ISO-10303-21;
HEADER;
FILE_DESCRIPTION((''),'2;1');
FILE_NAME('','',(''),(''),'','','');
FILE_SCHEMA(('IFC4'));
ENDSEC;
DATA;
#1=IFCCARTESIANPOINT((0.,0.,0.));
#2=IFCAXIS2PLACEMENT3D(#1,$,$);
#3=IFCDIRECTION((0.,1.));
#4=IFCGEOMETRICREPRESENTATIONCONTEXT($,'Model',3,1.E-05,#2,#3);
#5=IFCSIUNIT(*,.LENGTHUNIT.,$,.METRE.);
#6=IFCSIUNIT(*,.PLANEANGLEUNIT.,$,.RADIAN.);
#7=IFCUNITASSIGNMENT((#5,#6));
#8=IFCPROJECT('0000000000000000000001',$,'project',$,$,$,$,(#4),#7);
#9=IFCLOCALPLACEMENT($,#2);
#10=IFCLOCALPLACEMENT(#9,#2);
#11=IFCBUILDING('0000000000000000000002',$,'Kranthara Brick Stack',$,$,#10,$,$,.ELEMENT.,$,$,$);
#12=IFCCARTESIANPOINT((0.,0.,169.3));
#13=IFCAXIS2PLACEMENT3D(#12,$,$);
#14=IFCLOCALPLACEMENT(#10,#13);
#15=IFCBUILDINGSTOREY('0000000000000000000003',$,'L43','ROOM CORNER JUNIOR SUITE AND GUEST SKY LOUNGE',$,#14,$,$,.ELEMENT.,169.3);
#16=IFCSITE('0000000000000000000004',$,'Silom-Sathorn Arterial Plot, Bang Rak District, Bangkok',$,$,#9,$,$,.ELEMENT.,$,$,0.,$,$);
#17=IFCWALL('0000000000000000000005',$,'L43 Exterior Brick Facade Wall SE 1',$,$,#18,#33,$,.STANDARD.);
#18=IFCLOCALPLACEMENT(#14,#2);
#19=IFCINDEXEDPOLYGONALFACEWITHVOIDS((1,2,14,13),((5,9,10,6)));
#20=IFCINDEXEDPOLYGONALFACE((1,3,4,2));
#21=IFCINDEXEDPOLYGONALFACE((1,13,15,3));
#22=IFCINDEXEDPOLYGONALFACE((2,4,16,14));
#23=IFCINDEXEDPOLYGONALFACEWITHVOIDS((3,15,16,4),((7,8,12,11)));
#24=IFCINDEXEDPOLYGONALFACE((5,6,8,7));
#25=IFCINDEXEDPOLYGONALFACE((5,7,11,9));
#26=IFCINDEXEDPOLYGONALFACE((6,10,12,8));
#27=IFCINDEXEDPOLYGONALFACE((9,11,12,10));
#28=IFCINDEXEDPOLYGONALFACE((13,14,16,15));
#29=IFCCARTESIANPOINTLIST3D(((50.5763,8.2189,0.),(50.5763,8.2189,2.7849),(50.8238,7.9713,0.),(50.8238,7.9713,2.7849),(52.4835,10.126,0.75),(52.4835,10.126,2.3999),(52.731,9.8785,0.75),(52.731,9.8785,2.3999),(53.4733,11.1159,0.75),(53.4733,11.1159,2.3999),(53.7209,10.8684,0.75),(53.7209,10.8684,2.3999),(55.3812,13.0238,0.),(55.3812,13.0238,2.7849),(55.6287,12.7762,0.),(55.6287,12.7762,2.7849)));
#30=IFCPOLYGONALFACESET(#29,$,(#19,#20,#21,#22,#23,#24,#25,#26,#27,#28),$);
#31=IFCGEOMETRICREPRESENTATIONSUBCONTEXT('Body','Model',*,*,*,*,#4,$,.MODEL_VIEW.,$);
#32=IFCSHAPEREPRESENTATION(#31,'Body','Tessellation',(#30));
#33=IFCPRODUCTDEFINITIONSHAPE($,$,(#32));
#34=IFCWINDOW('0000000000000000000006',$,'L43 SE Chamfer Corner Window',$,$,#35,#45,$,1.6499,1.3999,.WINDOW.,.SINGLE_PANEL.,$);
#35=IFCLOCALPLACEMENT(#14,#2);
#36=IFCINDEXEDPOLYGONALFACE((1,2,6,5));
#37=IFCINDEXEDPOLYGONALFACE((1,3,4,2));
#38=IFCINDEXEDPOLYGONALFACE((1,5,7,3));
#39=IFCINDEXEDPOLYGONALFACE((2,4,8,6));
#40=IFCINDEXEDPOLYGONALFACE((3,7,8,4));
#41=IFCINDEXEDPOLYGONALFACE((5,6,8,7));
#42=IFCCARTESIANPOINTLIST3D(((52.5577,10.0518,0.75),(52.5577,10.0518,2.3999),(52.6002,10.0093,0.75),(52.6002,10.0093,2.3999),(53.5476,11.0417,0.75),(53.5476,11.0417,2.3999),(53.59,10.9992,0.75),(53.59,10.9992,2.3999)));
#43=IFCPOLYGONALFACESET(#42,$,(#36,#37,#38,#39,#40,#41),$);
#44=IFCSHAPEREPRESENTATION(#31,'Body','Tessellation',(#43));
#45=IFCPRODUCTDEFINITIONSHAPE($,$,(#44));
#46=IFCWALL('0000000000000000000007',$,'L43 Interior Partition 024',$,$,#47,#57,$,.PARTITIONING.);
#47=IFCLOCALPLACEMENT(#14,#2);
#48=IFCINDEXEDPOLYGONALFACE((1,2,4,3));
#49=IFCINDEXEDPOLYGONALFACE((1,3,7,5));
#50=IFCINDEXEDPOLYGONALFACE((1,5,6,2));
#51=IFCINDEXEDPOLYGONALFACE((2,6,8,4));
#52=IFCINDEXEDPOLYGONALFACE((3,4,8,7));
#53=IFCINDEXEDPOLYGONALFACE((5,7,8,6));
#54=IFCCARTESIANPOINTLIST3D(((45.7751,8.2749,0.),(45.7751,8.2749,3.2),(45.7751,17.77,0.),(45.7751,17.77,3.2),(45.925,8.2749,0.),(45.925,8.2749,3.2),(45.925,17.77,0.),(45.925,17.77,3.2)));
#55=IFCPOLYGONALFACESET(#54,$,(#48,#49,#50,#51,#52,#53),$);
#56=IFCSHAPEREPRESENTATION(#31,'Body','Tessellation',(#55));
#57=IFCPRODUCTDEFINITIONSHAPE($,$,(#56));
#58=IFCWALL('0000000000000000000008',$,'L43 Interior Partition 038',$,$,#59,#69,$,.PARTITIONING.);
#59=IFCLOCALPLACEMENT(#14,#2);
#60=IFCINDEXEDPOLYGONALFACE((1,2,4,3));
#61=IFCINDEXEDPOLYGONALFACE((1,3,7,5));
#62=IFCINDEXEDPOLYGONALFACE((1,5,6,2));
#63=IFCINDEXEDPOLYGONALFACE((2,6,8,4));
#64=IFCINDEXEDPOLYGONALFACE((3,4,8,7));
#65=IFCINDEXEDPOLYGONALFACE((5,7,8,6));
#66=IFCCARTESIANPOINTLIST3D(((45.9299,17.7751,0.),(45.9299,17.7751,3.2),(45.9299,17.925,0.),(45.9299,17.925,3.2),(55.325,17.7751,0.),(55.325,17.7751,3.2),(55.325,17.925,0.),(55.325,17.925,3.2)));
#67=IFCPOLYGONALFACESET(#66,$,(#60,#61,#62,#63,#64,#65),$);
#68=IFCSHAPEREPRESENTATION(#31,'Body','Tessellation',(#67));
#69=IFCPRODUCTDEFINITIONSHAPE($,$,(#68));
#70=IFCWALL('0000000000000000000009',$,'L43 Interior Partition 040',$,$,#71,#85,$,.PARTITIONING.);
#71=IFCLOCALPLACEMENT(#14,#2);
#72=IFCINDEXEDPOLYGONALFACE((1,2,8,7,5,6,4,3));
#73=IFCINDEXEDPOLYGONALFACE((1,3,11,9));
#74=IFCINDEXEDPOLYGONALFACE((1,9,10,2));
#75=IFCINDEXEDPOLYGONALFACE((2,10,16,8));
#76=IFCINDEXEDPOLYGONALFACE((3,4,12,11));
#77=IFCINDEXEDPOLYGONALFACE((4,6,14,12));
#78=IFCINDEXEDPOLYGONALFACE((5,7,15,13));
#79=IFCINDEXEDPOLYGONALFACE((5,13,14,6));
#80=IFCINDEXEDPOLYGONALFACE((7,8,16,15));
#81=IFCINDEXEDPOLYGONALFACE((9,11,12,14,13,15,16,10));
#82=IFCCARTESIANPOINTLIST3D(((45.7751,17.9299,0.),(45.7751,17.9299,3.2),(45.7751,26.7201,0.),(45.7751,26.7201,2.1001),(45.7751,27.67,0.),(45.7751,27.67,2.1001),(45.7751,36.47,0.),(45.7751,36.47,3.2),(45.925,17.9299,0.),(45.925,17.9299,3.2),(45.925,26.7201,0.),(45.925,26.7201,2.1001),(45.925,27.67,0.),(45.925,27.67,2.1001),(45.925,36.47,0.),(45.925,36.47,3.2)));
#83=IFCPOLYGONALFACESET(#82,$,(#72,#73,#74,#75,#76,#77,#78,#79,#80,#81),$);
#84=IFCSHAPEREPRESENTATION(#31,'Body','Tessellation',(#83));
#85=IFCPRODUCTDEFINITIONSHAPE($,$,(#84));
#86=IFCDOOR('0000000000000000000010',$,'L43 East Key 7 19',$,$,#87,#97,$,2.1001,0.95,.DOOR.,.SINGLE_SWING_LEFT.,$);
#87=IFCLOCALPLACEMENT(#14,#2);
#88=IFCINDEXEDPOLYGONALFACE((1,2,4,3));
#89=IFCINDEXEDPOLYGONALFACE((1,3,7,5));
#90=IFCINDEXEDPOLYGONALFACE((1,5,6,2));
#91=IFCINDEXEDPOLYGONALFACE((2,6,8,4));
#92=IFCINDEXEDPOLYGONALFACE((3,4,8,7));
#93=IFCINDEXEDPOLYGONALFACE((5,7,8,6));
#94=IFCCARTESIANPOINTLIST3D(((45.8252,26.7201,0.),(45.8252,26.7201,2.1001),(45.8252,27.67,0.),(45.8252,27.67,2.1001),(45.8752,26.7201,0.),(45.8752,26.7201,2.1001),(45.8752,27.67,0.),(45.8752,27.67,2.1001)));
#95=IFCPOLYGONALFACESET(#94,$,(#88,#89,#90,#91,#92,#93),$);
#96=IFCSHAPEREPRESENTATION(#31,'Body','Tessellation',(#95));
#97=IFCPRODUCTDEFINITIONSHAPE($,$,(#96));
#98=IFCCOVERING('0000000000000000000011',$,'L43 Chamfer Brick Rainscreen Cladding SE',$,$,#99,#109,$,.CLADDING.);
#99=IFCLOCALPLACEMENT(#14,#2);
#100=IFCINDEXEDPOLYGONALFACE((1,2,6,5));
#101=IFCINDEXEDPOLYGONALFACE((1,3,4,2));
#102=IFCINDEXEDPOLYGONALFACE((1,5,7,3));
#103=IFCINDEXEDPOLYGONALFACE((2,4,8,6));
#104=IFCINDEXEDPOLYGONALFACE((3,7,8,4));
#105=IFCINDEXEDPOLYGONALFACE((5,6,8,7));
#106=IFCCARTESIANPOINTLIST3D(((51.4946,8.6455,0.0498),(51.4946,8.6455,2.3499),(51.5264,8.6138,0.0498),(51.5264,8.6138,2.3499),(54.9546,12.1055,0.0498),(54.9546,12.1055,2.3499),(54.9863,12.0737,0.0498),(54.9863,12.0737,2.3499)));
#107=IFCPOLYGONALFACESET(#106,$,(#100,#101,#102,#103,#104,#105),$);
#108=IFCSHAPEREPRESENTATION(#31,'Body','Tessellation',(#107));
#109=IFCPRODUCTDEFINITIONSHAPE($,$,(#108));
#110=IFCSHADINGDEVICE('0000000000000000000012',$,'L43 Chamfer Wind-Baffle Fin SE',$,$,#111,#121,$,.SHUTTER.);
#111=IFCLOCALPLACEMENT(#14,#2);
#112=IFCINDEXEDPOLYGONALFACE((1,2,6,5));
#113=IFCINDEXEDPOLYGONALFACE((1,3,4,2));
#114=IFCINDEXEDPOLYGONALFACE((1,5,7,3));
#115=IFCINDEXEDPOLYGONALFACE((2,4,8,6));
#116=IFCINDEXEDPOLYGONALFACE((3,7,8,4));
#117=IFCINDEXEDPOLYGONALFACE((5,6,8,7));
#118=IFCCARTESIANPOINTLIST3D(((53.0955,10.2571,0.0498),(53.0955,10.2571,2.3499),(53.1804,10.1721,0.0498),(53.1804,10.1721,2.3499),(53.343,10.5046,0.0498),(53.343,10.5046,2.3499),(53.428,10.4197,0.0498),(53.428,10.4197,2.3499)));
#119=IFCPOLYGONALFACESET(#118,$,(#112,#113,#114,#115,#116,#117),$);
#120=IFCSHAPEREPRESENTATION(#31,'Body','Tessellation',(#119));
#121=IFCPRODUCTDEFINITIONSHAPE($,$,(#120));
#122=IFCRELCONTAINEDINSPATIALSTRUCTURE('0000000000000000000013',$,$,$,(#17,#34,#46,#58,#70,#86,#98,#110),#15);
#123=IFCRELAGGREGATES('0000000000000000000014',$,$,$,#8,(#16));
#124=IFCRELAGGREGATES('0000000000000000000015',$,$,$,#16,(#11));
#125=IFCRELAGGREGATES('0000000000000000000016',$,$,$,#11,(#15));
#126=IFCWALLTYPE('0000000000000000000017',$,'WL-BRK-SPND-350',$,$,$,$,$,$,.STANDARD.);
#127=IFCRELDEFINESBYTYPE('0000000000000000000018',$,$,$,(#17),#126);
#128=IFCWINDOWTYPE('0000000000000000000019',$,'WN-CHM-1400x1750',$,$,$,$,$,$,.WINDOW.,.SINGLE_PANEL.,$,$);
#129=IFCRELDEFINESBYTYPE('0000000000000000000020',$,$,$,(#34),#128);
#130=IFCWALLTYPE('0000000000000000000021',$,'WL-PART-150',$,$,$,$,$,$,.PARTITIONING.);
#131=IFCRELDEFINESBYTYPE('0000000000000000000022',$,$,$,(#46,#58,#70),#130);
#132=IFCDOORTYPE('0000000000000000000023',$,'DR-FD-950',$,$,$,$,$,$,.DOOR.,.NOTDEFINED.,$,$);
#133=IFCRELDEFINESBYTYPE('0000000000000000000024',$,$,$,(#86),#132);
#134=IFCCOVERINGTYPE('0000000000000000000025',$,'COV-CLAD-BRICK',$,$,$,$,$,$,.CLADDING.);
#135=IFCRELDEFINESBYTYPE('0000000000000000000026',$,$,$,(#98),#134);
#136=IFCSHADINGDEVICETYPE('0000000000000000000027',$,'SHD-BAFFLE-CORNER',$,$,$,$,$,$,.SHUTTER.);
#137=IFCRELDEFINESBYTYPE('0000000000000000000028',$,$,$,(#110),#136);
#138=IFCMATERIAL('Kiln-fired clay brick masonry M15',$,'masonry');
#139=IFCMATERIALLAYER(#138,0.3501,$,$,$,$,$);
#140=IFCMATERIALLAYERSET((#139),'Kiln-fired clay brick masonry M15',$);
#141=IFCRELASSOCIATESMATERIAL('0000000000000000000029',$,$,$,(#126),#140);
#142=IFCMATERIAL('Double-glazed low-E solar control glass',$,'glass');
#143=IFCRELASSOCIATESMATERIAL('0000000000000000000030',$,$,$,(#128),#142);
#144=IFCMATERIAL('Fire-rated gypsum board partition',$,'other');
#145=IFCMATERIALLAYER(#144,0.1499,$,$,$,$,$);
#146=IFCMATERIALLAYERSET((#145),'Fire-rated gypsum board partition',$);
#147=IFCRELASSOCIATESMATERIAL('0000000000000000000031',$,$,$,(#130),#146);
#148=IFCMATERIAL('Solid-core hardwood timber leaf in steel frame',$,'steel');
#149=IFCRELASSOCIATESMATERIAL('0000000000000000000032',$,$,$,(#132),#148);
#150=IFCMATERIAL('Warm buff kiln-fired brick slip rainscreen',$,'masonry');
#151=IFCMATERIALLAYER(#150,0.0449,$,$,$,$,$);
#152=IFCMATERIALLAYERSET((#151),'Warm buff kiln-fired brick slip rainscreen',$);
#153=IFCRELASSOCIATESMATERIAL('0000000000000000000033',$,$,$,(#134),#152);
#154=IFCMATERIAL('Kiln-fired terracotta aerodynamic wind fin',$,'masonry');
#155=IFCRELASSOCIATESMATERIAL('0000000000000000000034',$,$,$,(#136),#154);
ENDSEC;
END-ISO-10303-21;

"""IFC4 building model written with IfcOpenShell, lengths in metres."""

from ifc_helpers import new_model, si_unit, direction, frame, frame_2d, origin, origin_2d, place, context, subcontext, project, spatial, rectangle, extrude, material, layer, layer_set, type_object, element, fill, save


model = new_model("IFC4")

# Units and contexts
model_context = context("Model", 3, precision=1e-05, world=origin(), true_north=direction((0.0, 1.0)))
body_context = subcontext(model_context, "Body", "Model", "MODEL_VIEW")
ifc_project = project(units=[si_unit("LENGTHUNIT", "METRE"), si_unit("PLANEANGLEUNIT", "RADIAN")], contexts=[model_context])

# Site, building, storey
site_placement = place(None, origin())
site = spatial("IfcSite", under=ifc_project, at=site_placement, Name="Silom-Sathorn Arterial Plot, Bang Rak District, Bangkok", CompositionType="ELEMENT", RefElevation=0.0)
building_placement = place(site_placement, origin())
building = spatial("IfcBuilding", under=site, at=building_placement, Name="Kranthara Brick Stack", CompositionType="ELEMENT")
storey_placement = place(building_placement, frame((0.0, 0.0, 169.3)))
storey = spatial("IfcBuildingStorey", under=building, at=storey_placement, Name="L43", Description="ROOM CORNER JUNIOR SUITE AND GUEST SKY LOUNGE", CompositionType="ELEMENT", Elevation=169.3)

# Shared definitions
ifc_material_1 = material(Name="Kiln-fired clay brick masonry M15", Category="masonry")
ifc_layer_1 = layer(ifc_material_1, 0.3501)
ifc_layer_set_1 = layer_set([ifc_layer_1], Name="Kiln-fired clay brick masonry M15")
wall_type_1 = type_object("IfcWallType", Name="WL-BRK-SPND-350", PredefinedType="STANDARD", material=ifc_layer_set_1)

# Wall, opening, window
wall_1_placement = place(storey_placement, frame((55.5049, 12.8999, 0.0), z_axis=(0.0, 0.0, 1.0), x_axis=(-0.707107, -0.707107, 0.0)))
wall_1 = element("IfcWall", 1, at=wall_1_placement, inside=storey, type_object=wall_type_1, Name="L43 Exterior Brick Facade Wall SE 1", PredefinedType="STANDARD", context=body_context, shape_type="SweptSolid", body=[
    extrude(rectangle(XDim=6.7952, YDim=0.3501, at=frame_2d((3.3975, 0.0))), origin(), (0.0, 0.0, 1.0), 2.7849),
])
opening_1_placement = place(wall_1_placement, frame((2.698, 0.0, 0.75)))
opening_1 = element("IfcOpeningElement", 2, at=opening_1_placement, cuts=wall_1, PredefinedType="OPENING", context=body_context, shape_type="SweptSolid", body=[
    extrude(rectangle(XDim=1.3999, YDim=1.6499, at=frame_2d((0.7, 0.825))), frame((0.0, 0.1851, 0.0), z_axis=(0.0, -1.0, 0.0), x_axis=(1.0, 0.0, 0.0)), (0.0, 0.0, 1.0), 0.3701),
])
ifc_material_2 = material(Name="Double-glazed low-E solar control glass", Category="glass")
window_type_1 = type_object("IfcWindowType", Name="WN-CHM-1400x1750", PartitioningType="SINGLE_PANEL", PredefinedType="WINDOW", material=ifc_material_2)
window_1_placement = place(opening_1_placement, origin())
window_1 = element("IfcWindow", 3, at=window_1_placement, inside=storey, type_object=window_type_1, Name="L43 SE Chamfer Corner Window", OverallHeight=1.6499, OverallWidth=1.3999, PartitioningType="SINGLE_PANEL", PredefinedType="WINDOW", context=body_context, shape_type="SweptSolid", body=[
    extrude(rectangle(XDim=1.3999, YDim=1.6499, at=frame_2d((0.7, 0.825))), frame((0.0, -0.01, 0.0), z_axis=(0.0, -1.0, 0.0), x_axis=(1.0, 0.0, 0.0)), (0.0, 0.0, 1.0), 0.0601),
])
fill(opening_1, window_1)

# Walls
ifc_material_3 = material(Name="Fire-rated gypsum board partition", Category="other")
ifc_layer_2 = layer(ifc_material_3, 0.1499)
ifc_layer_set_2 = layer_set([ifc_layer_2], Name="Fire-rated gypsum board partition")
wall_type_2 = type_object("IfcWallType", Name="WL-PART-150", PredefinedType="PARTITIONING", material=ifc_layer_set_2)
wall_2_placement = place(storey_placement, frame((45.8501, 8.2749, 0.0), z_axis=(0.0, 0.0, 1.0), x_axis=(0.0, 1.0, 0.0)))
element("IfcWall", 4, at=wall_2_placement, inside=storey, type_object=wall_type_2, Name="L43 Interior Partition 024", PredefinedType="PARTITIONING", context=body_context, shape_type="SweptSolid", body=[
    extrude(rectangle(XDim=9.4951, YDim=0.1499, at=frame_2d((4.7476, 0.0))), origin(), (0.0, 0.0, 1.0), 3.2),
])
wall_3_placement = place(storey_placement, frame((45.9299, 17.8501, 0.0), z_axis=(0.0, 0.0, 1.0), x_axis=(1.0, 0.0, 0.0)))
element("IfcWall", 5, at=wall_3_placement, inside=storey, type_object=wall_type_2, Name="L43 Interior Partition 038", PredefinedType="PARTITIONING", context=body_context, shape_type="SweptSolid", body=[
    extrude(rectangle(XDim=9.395, YDim=0.1499, at=frame_2d((4.6975, 0.0))), origin(), (0.0, 0.0, 1.0), 3.2),
])

# Wall, opening, door
wall_4_placement = place(storey_placement, frame((45.8501, 17.9299, 0.0), z_axis=(0.0, 0.0, 1.0), x_axis=(0.0, 1.0, 0.0)))
wall_4 = element("IfcWall", 6, at=wall_4_placement, inside=storey, type_object=wall_type_2, Name="L43 Interior Partition 040", PredefinedType="PARTITIONING", context=body_context, shape_type="SweptSolid", body=[
    extrude(rectangle(XDim=18.54, YDim=0.1499, at=frame_2d((9.27, 0.0))), origin(), (0.0, 0.0, 1.0), 3.2),
])
opening_2_placement = place(wall_4_placement, frame((8.79, 0.0, 0.0)))
opening_2 = element("IfcOpeningElement", 7, at=opening_2_placement, cuts=wall_4, PredefinedType="OPENING", context=body_context, shape_type="SweptSolid", body=[
    extrude(rectangle(XDim=0.95, YDim=2.1001, at=frame_2d((0.4751, 1.05))), frame((0.0, 0.085, 0.0), z_axis=(0.0, -1.0, 0.0), x_axis=(1.0, 0.0, 0.0)), (0.0, 0.0, 1.0), 0.1699),
])
ifc_material_4 = material(Name="Solid-core hardwood timber leaf in steel frame", Category="steel")
door_type_1 = type_object("IfcDoorType", Name="DR-FD-950", OperationType="NOTDEFINED", PredefinedType="DOOR", material=ifc_material_4)
door_1_placement = place(opening_2_placement, origin())
door_1 = element("IfcDoor", 8, at=door_1_placement, inside=storey, type_object=door_type_1, Name="L43 East Key 7 19", OperationType="SINGLE_SWING_LEFT", OverallHeight=2.1001, OverallWidth=0.95, PredefinedType="DOOR", context=body_context, shape_type="SweptSolid", body=[
    extrude(rectangle(XDim=0.95, YDim=2.1001, at=frame_2d((0.4751, 1.05))), frame((0.0, 0.0249, 0.0), z_axis=(0.0, -1.0, 0.0), x_axis=(1.0, 0.0, 0.0)), (0.0, 0.0, 1.0), 0.05),
])
fill(opening_2, door_1)

# Covering
ifc_material_5 = material(Name="Warm buff kiln-fired brick slip rainscreen", Category="masonry")
ifc_layer_3 = layer(ifc_material_5, 0.0449)
ifc_layer_set_3 = layer_set([ifc_layer_3], Name="Warm buff kiln-fired brick slip rainscreen")
covering_type = type_object("IfcCoveringType", Name="COV-CLAD-BRICK", PredefinedType="CLADDING", material=ifc_layer_set_3)
covering_placement = place(storey_placement, frame((53.2405, 10.3596, 0.0498), z_axis=(0.0, 0.0, 1.0), x_axis=(-0.707107, -0.707107, 0.0)))
element("IfcCovering", 9, at=covering_placement, inside=storey, type_object=covering_type, Name="L43 Chamfer Brick Rainscreen Cladding SE", PredefinedType="CLADDING", context=body_context, shape_type="SweptSolid", body=[
    extrude(rectangle(XDim=4.8931, YDim=0.0449, at=origin_2d()), origin(), (0.0, 0.0, 1.0), 2.3),
])

# Shading device
ifc_material_6 = material(Name="Kiln-fired terracotta aerodynamic wind fin", Category="masonry")
shading_device_type = type_object("IfcShadingDeviceType", Name="SHD-BAFFLE-CORNER", PredefinedType="SHUTTER", material=ifc_material_6)
shading_device_placement = place(storey_placement, frame((53.2617, 10.3384, 0.0498), z_axis=(0.0, 0.0, 1.0), x_axis=(-0.707107, -0.707107, 0.0)))
element("IfcShadingDevice", 10, at=shading_device_placement, inside=storey, type_object=shading_device_type, Name="L43 Chamfer Wind-Baffle Fin SE", PredefinedType="SHUTTER", context=body_context, shape_type="SweptSolid", body=[
    extrude(rectangle(XDim=0.3501, YDim=0.1201, at=origin_2d()), origin(), (0.0, 0.0, 1.0), 2.3),
])

save(model, "model.ifc")
